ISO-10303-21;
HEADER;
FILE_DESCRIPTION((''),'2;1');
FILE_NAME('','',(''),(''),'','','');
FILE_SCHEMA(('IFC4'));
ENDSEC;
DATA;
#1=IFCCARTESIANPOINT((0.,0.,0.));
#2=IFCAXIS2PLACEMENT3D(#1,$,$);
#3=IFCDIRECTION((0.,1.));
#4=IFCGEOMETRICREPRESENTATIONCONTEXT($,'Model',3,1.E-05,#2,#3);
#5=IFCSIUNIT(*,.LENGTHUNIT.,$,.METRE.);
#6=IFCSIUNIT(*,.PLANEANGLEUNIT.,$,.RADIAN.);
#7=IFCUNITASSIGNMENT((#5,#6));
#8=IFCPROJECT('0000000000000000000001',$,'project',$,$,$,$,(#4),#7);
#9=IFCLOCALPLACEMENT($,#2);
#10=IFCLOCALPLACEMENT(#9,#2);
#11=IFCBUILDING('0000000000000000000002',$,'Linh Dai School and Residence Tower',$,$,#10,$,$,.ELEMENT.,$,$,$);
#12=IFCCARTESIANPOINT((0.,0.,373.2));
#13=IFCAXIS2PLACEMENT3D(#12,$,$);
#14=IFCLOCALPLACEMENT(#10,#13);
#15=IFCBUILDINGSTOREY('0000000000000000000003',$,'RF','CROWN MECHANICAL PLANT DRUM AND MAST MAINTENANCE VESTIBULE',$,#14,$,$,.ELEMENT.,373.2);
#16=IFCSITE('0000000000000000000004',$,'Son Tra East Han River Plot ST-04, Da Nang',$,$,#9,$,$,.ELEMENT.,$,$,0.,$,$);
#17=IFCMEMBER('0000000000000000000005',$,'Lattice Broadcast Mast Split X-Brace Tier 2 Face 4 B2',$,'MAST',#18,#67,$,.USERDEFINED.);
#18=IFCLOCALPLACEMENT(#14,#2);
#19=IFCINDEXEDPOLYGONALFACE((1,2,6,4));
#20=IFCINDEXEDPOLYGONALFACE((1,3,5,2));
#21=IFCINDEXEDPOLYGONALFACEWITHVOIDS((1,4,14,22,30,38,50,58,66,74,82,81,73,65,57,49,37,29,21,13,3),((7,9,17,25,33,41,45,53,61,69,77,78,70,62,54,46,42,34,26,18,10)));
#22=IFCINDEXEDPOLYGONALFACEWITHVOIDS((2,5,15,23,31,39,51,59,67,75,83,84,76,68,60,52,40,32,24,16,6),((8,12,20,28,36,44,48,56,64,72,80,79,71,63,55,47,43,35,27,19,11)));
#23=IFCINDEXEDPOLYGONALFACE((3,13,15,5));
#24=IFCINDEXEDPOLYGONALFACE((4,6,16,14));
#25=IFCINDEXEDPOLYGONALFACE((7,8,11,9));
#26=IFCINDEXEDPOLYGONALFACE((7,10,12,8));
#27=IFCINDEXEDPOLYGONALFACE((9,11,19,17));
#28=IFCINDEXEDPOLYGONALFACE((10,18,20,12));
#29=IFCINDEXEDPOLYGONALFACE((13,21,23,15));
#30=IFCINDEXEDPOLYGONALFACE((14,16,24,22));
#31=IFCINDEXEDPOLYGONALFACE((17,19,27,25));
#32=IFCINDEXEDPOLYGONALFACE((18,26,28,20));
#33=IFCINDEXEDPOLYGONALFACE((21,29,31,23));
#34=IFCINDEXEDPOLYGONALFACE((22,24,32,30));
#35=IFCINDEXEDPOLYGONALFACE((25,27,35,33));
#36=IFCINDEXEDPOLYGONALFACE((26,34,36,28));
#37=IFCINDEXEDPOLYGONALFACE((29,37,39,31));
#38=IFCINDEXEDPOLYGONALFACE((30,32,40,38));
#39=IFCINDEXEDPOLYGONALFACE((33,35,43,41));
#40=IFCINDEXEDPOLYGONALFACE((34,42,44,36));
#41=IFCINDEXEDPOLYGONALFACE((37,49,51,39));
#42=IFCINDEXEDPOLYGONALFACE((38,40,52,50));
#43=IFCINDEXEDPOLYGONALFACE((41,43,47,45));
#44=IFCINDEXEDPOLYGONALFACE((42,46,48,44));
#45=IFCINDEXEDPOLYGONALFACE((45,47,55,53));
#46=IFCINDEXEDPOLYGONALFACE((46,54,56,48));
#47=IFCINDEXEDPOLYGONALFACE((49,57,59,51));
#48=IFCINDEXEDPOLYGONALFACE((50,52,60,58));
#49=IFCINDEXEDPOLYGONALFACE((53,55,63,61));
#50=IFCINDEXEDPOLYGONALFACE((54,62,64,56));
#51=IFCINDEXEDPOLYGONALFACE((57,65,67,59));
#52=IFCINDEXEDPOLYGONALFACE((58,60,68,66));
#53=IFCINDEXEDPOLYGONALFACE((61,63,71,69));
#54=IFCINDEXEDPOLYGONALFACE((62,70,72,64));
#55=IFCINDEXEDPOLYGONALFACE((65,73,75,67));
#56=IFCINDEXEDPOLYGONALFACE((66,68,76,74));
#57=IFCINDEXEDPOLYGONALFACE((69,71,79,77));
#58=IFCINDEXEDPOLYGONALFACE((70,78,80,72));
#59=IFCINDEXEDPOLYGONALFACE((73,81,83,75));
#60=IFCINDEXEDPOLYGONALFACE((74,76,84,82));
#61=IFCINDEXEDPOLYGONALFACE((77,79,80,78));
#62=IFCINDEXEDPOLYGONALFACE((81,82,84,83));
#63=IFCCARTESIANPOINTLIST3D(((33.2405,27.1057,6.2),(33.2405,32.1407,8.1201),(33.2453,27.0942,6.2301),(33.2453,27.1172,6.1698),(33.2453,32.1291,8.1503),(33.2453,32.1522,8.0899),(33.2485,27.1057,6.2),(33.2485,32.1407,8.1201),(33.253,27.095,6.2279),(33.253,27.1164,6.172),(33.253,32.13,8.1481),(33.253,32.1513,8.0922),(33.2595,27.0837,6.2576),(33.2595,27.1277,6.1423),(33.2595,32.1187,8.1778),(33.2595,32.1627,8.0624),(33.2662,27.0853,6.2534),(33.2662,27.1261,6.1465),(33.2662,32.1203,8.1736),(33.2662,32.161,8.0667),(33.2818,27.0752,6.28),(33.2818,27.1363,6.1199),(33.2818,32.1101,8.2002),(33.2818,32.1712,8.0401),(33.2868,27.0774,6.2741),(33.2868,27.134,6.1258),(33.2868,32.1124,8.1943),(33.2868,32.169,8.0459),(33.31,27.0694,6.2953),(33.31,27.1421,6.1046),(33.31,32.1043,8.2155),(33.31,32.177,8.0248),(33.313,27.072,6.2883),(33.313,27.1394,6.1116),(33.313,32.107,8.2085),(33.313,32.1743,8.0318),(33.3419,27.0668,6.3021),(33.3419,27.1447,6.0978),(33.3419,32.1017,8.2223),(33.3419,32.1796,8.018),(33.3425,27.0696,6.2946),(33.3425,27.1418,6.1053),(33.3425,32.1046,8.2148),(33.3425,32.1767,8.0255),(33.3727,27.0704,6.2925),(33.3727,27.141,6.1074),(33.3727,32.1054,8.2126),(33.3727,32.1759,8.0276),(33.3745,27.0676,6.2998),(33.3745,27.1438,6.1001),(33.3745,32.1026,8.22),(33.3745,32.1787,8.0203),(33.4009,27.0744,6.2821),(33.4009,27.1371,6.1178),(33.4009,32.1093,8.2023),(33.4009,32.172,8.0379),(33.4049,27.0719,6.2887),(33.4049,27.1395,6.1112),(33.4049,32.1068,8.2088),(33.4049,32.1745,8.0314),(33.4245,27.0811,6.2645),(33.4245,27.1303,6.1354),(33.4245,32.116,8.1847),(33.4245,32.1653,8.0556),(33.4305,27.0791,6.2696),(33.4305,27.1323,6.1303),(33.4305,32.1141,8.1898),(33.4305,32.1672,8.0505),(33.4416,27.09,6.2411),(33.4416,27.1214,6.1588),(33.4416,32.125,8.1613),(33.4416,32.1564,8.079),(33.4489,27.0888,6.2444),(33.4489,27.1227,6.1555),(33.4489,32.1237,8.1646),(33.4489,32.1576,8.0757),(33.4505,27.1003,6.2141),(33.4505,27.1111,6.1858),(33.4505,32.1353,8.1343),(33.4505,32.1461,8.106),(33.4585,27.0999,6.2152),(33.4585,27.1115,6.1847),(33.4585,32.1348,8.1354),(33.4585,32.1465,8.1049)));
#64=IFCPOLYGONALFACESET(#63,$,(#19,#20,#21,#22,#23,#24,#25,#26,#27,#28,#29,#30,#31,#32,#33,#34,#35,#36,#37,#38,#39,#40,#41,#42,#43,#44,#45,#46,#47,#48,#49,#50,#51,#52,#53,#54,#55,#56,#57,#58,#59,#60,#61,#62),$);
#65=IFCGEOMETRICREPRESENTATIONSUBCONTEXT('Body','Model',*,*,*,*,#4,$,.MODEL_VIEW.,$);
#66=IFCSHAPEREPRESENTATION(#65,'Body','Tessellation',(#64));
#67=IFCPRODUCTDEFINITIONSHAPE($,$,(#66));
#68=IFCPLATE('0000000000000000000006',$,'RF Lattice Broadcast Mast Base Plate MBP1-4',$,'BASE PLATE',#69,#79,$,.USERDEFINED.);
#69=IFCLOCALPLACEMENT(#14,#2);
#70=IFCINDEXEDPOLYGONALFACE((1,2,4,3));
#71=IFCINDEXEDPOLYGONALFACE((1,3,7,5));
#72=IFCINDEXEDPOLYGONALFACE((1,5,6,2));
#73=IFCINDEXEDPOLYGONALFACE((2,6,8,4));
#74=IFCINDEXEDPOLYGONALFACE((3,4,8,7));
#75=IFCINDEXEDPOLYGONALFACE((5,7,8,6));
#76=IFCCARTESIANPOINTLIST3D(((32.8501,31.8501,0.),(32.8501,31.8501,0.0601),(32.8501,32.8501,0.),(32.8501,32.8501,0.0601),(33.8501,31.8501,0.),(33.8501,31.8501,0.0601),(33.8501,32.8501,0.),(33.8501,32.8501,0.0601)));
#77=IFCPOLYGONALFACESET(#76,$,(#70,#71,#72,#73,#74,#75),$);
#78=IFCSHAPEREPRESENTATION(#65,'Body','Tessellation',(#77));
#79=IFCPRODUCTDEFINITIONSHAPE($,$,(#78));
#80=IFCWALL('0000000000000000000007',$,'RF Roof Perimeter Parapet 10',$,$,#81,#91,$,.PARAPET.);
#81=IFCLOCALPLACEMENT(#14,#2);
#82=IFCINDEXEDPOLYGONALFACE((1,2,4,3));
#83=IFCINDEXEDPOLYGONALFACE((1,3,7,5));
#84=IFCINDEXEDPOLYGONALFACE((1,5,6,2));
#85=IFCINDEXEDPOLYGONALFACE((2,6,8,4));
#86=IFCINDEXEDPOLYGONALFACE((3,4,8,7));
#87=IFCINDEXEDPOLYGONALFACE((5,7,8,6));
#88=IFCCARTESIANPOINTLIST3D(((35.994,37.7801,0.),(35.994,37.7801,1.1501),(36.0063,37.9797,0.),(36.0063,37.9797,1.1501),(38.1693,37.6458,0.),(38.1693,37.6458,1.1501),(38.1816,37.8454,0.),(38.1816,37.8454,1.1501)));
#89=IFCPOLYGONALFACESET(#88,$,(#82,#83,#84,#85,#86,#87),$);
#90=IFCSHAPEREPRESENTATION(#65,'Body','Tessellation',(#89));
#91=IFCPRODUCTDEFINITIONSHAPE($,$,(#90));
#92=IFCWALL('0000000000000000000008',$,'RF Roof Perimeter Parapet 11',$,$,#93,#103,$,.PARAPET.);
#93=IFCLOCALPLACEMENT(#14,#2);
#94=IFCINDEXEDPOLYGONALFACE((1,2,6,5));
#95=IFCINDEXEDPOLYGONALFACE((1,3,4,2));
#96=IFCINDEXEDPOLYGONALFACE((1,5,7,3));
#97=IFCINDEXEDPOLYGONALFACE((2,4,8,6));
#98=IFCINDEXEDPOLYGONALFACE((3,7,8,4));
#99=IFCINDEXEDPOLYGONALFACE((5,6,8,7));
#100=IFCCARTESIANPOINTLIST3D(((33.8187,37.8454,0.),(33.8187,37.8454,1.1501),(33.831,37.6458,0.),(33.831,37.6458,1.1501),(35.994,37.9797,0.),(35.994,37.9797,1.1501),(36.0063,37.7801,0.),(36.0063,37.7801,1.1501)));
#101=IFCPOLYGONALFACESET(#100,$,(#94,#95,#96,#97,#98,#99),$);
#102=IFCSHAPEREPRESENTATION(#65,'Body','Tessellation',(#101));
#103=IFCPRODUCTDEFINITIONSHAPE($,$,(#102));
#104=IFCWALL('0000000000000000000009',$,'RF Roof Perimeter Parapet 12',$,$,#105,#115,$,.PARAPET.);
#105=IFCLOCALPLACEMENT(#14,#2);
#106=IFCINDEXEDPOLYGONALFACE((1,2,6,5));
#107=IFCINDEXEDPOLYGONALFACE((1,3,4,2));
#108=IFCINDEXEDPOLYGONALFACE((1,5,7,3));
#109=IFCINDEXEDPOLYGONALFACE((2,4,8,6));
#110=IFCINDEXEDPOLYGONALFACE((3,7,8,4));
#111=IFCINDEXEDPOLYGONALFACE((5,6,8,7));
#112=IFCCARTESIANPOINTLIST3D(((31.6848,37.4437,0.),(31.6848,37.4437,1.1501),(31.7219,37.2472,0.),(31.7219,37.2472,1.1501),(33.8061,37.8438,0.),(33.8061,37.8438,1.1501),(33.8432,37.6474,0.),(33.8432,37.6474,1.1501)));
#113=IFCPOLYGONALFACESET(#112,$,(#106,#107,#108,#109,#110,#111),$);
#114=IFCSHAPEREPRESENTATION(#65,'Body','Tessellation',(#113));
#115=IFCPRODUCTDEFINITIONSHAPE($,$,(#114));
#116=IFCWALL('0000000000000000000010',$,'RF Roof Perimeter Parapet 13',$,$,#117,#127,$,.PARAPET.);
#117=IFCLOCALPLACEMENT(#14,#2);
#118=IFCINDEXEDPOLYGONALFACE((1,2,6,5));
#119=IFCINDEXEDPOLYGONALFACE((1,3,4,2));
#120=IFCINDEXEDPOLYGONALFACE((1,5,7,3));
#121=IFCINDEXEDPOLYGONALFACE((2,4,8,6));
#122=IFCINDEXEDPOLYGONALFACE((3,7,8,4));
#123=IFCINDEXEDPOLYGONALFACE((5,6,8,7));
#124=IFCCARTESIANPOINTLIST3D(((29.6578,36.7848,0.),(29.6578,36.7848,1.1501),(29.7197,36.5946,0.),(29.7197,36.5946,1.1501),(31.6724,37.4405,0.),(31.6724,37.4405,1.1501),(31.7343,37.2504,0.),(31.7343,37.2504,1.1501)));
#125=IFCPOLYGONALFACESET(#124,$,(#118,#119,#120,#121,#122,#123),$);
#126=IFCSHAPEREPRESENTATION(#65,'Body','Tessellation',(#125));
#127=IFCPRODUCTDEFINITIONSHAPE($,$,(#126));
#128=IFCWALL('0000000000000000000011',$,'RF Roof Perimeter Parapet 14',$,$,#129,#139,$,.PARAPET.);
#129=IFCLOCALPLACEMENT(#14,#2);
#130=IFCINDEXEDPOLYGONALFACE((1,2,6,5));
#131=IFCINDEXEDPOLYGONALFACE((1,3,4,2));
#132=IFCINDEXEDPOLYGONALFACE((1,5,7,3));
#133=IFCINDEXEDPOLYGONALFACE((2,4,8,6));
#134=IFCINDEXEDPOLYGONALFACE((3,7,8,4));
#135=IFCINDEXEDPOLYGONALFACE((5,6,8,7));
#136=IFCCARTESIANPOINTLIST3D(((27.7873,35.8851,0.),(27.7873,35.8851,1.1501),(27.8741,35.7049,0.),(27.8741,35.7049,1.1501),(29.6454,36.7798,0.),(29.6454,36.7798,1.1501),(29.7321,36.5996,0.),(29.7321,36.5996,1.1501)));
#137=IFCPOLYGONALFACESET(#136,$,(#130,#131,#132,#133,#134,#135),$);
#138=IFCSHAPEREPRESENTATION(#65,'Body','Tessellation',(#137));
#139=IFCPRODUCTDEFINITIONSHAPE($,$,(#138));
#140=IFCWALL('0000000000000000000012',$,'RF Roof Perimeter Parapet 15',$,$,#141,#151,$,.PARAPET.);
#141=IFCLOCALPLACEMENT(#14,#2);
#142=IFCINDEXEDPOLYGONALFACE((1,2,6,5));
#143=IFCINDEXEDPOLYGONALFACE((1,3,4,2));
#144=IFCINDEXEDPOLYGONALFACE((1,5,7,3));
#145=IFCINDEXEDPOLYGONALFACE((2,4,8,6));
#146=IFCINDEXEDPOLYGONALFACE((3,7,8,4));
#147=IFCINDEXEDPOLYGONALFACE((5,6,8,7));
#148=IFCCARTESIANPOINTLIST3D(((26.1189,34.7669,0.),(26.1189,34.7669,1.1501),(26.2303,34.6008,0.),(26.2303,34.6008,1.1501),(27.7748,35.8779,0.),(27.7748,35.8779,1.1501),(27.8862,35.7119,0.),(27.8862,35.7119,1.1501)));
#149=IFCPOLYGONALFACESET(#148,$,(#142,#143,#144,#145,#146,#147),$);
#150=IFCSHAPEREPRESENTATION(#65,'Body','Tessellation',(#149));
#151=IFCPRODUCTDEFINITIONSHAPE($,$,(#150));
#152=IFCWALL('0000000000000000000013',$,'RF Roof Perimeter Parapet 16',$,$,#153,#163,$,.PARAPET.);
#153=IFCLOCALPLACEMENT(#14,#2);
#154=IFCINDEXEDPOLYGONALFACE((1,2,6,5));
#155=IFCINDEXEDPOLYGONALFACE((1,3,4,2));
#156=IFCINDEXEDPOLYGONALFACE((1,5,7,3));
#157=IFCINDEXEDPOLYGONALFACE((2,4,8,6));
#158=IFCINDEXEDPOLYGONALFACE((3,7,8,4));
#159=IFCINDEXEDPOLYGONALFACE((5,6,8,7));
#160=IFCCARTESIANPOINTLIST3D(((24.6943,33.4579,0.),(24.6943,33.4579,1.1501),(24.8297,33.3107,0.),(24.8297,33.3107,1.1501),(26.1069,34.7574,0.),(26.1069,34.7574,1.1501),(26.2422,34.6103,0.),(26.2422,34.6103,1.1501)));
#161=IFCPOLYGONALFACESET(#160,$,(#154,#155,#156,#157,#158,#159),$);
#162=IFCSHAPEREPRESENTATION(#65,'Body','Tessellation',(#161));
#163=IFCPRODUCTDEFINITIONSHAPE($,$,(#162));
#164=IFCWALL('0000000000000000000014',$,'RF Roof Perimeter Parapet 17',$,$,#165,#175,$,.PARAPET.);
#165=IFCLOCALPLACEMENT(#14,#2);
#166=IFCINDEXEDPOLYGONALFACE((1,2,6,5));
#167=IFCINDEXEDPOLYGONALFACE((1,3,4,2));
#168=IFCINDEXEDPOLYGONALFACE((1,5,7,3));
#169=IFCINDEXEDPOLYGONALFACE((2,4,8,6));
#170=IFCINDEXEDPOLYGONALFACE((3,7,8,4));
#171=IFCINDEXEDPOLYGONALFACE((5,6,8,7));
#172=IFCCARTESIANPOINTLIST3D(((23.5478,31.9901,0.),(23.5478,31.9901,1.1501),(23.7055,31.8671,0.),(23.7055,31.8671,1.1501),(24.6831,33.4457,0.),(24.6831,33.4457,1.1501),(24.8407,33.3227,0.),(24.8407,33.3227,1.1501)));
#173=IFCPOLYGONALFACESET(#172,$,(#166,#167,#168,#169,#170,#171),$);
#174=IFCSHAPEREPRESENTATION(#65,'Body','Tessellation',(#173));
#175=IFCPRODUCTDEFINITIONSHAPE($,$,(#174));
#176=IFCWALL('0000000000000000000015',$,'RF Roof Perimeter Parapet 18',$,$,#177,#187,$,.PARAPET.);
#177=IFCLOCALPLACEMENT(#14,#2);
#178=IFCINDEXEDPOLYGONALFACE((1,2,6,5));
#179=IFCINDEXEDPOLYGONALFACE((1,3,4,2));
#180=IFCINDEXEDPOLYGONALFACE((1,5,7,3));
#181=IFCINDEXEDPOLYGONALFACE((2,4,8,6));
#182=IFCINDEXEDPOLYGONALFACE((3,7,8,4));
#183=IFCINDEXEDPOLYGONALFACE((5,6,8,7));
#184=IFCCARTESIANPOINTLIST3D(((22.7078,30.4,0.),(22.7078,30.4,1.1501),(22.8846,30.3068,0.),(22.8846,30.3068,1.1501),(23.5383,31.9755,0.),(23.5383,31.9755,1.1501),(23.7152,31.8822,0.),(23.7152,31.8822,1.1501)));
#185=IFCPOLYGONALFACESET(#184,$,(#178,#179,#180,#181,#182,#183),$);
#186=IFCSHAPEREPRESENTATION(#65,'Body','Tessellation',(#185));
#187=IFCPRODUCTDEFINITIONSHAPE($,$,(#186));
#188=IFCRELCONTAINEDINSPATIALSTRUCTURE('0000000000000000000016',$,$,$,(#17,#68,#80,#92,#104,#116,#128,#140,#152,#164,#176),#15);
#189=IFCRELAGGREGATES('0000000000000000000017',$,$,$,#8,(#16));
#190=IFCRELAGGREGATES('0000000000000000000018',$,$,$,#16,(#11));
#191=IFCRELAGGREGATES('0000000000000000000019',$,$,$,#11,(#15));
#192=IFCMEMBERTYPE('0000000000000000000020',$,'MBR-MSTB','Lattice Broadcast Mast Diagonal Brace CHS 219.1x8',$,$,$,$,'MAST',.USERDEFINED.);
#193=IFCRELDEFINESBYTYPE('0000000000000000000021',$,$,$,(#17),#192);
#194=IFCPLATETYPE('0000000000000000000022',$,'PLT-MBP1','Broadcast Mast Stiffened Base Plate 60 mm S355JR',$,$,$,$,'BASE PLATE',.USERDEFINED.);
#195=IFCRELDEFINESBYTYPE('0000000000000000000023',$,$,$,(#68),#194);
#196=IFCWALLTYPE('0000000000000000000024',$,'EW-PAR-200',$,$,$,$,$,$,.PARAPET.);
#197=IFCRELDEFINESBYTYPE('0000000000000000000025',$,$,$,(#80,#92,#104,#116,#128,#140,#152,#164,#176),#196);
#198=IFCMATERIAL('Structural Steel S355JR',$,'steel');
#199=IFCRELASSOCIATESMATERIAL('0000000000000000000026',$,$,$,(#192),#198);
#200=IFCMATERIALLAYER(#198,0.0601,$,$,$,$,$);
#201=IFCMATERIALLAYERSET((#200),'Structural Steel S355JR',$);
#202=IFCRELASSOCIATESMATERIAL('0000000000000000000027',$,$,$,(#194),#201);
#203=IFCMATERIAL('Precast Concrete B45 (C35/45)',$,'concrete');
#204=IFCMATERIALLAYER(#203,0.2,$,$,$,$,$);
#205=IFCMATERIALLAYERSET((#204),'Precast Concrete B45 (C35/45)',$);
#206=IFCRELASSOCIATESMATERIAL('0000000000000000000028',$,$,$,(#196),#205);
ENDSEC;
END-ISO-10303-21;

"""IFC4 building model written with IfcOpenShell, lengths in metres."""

from ifc_helpers import new_model, si_unit, direction, frame, frame_2d, origin, origin_2d, place, context, subcontext, project, spatial, rectangle, hollow_circle, extrude, source, transform, mapped, material, layer, layer_set, material_profile, profile_set, type_object, element, save


model = new_model("IFC4")

# Units and contexts
model_context = context("Model", 3, precision=1e-05, world=origin(), true_north=direction((0.0, 1.0)))
body_context = subcontext(model_context, "Body", "Model", "MODEL_VIEW")
ifc_project = project(units=[si_unit("LENGTHUNIT", "METRE"), si_unit("PLANEANGLEUNIT", "RADIAN")], contexts=[model_context])

# Site, building, storey
site_placement = place(None, origin())
site = spatial("IfcSite", under=ifc_project, at=site_placement, Name="Son Tra East Han River Plot ST-04, Da Nang", CompositionType="ELEMENT", RefElevation=0.0)
building_placement = place(site_placement, origin())
building = spatial("IfcBuilding", under=site, at=building_placement, Name="Linh Dai School and Residence Tower", CompositionType="ELEMENT")
storey_placement = place(building_placement, frame((0.0, 0.0, 373.2)))
storey = spatial("IfcBuildingStorey", under=building, at=storey_placement, Name="RF", Description="CROWN MECHANICAL PLANT DRUM AND MAST MAINTENANCE VESTIBULE", CompositionType="ELEMENT", Elevation=373.2)

# Shared definitions
ifc_material_1 = material(Name="Structural Steel S355JR", Category="steel")

# Member
ifc_material_profile_1 = material_profile(ifc_material_1, hollow_circle(Radius=0.1096, WallThickness=0.0081, at=origin_2d()), Name="CHS 219.1x8")
ifc_profile_set_1 = profile_set([ifc_material_profile_1], Name="Structural Steel S355JR")
member_type = type_object("IfcMemberType", Name="MBR-MSTB", Description="Lattice Broadcast Mast Diagonal Brace CHS 219.1x8", ElementType="MAST", PredefinedType="USERDEFINED", material=ifc_profile_set_1)
member_1_placement = place(storey_placement, frame((33.3501, 27.1057, 6.2), z_axis=(0.0, 0.934358, 0.356336), x_axis=(-1.0, 0.0, 0.0)))
element("IfcMember", 1, at=member_1_placement, inside=storey, type_object=member_type, Name="Lattice Broadcast Mast Split X-Brace Tier 2 Face 4 B2", ObjectType="MAST", PredefinedType="USERDEFINED", context=body_context, shape_type="SweptSolid", body=[
    extrude(hollow_circle(Radius=0.1096, WallThickness=0.0081, at=origin_2d()), origin(), (0.0, 0.0, 1.0), 5.3887),
])

# Plate
ifc_layer_1 = layer(ifc_material_1, 0.0601)
ifc_layer_set_1 = layer_set([ifc_layer_1], Name="Structural Steel S355JR")
plate_type = type_object("IfcPlateType", Name="PLT-MBP1", Description="Broadcast Mast Stiffened Base Plate 60 mm S355JR", ElementType="BASE PLATE", PredefinedType="USERDEFINED", material=ifc_layer_set_1)
shared_shape_1 = source(origin(), body_context, "Body", "SweptSolid", [
    extrude(rectangle(XDim=1.0, YDim=1.0, at=origin_2d()), origin(), (0.0, 0.0, 1.0), 0.0601),
])
plate_placement = place(storey_placement, frame((33.3501, 32.3501, 0.0), z_axis=(0.0, 0.0, 1.0), x_axis=(1.0, 0.0, 0.0)))
element("IfcPlate", 2, at=plate_placement, inside=storey, type_object=plate_type, Name="RF Lattice Broadcast Mast Base Plate MBP1-4", ObjectType="BASE PLATE", PredefinedType="USERDEFINED", context=body_context, shape_type="MappedRepresentation", body=[
    mapped(shared_shape_1, transform((0.0, 0.0, 0.0), x_axis=(1.0, 0.0, 0.0), y_axis=(0.0, 1.0, 0.0), z_axis=(0.0, 0.0, 1.0), scale=1.0)),
])

# Walls
ifc_material_2 = material(Name="Precast Concrete B45 (C35/45)", Category="concrete")
ifc_layer_2 = layer(ifc_material_2, 0.2)
ifc_layer_set_2 = layer_set([ifc_layer_2], Name="Precast Concrete B45 (C35/45)")
wall_type_1 = type_object("IfcWallType", Name="EW-PAR-200", PredefinedType="PARAPET", material=ifc_layer_set_2)
for number, where, z_axis, x_axis, name in (
    (3, (36.0, 37.8799, 0.0), (0.0, 0.0, 1.0), (0.9981, -0.061611, 0.0), "RF Roof Perimeter Parapet 10"),
    (4, (33.8247, 37.7456, 0.0), (0.0, 0.0, 1.0), (0.9981, 0.061611, 0.0), "RF Roof Perimeter Parapet 11"),
):
    element("IfcWall", number, at=place(storey_placement, frame(where, z_axis=z_axis, x_axis=x_axis)), inside=storey, type_object=wall_type_1, Name=name, PredefinedType="PARAPET", context=body_context, shape_type="SweptSolid", body=[
        extrude(rectangle(XDim=2.1794, YDim=0.2, at=frame_2d((1.0898, 0.0))), origin(), (0.0, 0.0, 1.0), 1.1501),
    ])
wall_1_placement = place(storey_placement, frame((31.7034, 37.3455, 0.0), z_axis=(0.0, 0.0, 1.0), x_axis=(0.982671, 0.18536, 0.0)))
element("IfcWall", 5, at=wall_1_placement, inside=storey, type_object=wall_type_1, Name="RF Roof Perimeter Parapet 12", PredefinedType="PARAPET", context=body_context, shape_type="SweptSolid", body=[
    extrude(rectangle(XDim=2.1587, YDim=0.2, at=frame_2d((1.0793, 0.0))), origin(), (0.0, 0.0, 1.0), 1.1501),
])
wall_2_placement = place(storey_placement, frame((29.6887, 36.6897, 0.0), z_axis=(0.0, 0.0, 1.0), x_axis=(0.950895, 0.309513, 0.0)))
element("IfcWall", 6, at=wall_2_placement, inside=storey, type_object=wall_type_1, Name="RF Roof Perimeter Parapet 13", PredefinedType="PARAPET", context=body_context, shape_type="SweptSolid", body=[
    extrude(rectangle(XDim=2.1187, YDim=0.2, at=frame_2d((1.0593, 0.0))), origin(), (0.0, 0.0, 1.0), 1.1501),
])
wall_3_placement = place(storey_placement, frame((27.8306, 35.7949, 0.0), z_axis=(0.0, 0.0, 1.0), x_axis=(0.900981, 0.433858, 0.0)))
element("IfcWall", 7, at=wall_3_placement, inside=storey, type_object=wall_type_1, Name="RF Roof Perimeter Parapet 14", PredefinedType="PARAPET", context=body_context, shape_type="SweptSolid", body=[
    extrude(rectangle(XDim=2.0623, YDim=0.2, at=frame_2d((1.0312, 0.0))), origin(), (0.0, 0.0, 1.0), 1.1501),
])
wall_4_placement = place(storey_placement, frame((26.1746, 34.6838, 0.0), z_axis=(0.0, 0.0, 1.0), x_axis=(0.830408, 0.557156, 0.0)))
element("IfcWall", 8, at=wall_4_placement, inside=storey, type_object=wall_type_1, Name="RF Roof Perimeter Parapet 15", PredefinedType="PARAPET", context=body_context, shape_type="SweptSolid", body=[
    extrude(rectangle(XDim=1.9941, YDim=0.2, at=frame_2d((0.9971, 0.0))), origin(), (0.0, 0.0, 1.0), 1.1501),
])
wall_5_placement = place(storey_placement, frame((24.762, 33.3843, 0.0), z_axis=(0.0, 0.0, 1.0), x_axis=(0.735939, 0.677048, 0.0)))
element("IfcWall", 9, at=wall_5_placement, inside=storey, type_object=wall_type_1, Name="RF Roof Perimeter Parapet 16", PredefinedType="PARAPET", context=body_context, shape_type="SweptSolid", body=[
    extrude(rectangle(XDim=1.9194, YDim=0.2, at=frame_2d((0.9597, 0.0))), origin(), (0.0, 0.0, 1.0), 1.1501),
])
wall_6_placement = place(storey_placement, frame((23.6267, 31.9287, 0.0), z_axis=(0.0, 0.0, 1.0), x_axis=(0.615002, 0.788525, 0.0)))
element("IfcWall", 10, at=wall_6_placement, inside=storey, type_object=wall_type_1, Name="RF Roof Perimeter Parapet 17", PredefinedType="PARAPET", context=body_context, shape_type="SweptSolid", body=[
    extrude(rectangle(XDim=1.8459, YDim=0.2, at=frame_2d((0.9229, 0.0))), origin(), (0.0, 0.0, 1.0), 1.1501),
])
wall_7_placement = place(storey_placement, frame((22.7961, 30.3533, 0.0), z_axis=(0.0, 0.0, 1.0), x_axis=(0.466357, 0.884597, 0.0)))
element("IfcWall", 11, at=wall_7_placement, inside=storey, type_object=wall_type_1, Name="RF Roof Perimeter Parapet 18", PredefinedType="PARAPET", context=body_context, shape_type="SweptSolid", body=[
    extrude(rectangle(XDim=1.781, YDim=0.2, at=frame_2d((0.8906, 0.0))), origin(), (0.0, 0.0, 1.0), 1.1501),
])

save(model, "model.ifc")
